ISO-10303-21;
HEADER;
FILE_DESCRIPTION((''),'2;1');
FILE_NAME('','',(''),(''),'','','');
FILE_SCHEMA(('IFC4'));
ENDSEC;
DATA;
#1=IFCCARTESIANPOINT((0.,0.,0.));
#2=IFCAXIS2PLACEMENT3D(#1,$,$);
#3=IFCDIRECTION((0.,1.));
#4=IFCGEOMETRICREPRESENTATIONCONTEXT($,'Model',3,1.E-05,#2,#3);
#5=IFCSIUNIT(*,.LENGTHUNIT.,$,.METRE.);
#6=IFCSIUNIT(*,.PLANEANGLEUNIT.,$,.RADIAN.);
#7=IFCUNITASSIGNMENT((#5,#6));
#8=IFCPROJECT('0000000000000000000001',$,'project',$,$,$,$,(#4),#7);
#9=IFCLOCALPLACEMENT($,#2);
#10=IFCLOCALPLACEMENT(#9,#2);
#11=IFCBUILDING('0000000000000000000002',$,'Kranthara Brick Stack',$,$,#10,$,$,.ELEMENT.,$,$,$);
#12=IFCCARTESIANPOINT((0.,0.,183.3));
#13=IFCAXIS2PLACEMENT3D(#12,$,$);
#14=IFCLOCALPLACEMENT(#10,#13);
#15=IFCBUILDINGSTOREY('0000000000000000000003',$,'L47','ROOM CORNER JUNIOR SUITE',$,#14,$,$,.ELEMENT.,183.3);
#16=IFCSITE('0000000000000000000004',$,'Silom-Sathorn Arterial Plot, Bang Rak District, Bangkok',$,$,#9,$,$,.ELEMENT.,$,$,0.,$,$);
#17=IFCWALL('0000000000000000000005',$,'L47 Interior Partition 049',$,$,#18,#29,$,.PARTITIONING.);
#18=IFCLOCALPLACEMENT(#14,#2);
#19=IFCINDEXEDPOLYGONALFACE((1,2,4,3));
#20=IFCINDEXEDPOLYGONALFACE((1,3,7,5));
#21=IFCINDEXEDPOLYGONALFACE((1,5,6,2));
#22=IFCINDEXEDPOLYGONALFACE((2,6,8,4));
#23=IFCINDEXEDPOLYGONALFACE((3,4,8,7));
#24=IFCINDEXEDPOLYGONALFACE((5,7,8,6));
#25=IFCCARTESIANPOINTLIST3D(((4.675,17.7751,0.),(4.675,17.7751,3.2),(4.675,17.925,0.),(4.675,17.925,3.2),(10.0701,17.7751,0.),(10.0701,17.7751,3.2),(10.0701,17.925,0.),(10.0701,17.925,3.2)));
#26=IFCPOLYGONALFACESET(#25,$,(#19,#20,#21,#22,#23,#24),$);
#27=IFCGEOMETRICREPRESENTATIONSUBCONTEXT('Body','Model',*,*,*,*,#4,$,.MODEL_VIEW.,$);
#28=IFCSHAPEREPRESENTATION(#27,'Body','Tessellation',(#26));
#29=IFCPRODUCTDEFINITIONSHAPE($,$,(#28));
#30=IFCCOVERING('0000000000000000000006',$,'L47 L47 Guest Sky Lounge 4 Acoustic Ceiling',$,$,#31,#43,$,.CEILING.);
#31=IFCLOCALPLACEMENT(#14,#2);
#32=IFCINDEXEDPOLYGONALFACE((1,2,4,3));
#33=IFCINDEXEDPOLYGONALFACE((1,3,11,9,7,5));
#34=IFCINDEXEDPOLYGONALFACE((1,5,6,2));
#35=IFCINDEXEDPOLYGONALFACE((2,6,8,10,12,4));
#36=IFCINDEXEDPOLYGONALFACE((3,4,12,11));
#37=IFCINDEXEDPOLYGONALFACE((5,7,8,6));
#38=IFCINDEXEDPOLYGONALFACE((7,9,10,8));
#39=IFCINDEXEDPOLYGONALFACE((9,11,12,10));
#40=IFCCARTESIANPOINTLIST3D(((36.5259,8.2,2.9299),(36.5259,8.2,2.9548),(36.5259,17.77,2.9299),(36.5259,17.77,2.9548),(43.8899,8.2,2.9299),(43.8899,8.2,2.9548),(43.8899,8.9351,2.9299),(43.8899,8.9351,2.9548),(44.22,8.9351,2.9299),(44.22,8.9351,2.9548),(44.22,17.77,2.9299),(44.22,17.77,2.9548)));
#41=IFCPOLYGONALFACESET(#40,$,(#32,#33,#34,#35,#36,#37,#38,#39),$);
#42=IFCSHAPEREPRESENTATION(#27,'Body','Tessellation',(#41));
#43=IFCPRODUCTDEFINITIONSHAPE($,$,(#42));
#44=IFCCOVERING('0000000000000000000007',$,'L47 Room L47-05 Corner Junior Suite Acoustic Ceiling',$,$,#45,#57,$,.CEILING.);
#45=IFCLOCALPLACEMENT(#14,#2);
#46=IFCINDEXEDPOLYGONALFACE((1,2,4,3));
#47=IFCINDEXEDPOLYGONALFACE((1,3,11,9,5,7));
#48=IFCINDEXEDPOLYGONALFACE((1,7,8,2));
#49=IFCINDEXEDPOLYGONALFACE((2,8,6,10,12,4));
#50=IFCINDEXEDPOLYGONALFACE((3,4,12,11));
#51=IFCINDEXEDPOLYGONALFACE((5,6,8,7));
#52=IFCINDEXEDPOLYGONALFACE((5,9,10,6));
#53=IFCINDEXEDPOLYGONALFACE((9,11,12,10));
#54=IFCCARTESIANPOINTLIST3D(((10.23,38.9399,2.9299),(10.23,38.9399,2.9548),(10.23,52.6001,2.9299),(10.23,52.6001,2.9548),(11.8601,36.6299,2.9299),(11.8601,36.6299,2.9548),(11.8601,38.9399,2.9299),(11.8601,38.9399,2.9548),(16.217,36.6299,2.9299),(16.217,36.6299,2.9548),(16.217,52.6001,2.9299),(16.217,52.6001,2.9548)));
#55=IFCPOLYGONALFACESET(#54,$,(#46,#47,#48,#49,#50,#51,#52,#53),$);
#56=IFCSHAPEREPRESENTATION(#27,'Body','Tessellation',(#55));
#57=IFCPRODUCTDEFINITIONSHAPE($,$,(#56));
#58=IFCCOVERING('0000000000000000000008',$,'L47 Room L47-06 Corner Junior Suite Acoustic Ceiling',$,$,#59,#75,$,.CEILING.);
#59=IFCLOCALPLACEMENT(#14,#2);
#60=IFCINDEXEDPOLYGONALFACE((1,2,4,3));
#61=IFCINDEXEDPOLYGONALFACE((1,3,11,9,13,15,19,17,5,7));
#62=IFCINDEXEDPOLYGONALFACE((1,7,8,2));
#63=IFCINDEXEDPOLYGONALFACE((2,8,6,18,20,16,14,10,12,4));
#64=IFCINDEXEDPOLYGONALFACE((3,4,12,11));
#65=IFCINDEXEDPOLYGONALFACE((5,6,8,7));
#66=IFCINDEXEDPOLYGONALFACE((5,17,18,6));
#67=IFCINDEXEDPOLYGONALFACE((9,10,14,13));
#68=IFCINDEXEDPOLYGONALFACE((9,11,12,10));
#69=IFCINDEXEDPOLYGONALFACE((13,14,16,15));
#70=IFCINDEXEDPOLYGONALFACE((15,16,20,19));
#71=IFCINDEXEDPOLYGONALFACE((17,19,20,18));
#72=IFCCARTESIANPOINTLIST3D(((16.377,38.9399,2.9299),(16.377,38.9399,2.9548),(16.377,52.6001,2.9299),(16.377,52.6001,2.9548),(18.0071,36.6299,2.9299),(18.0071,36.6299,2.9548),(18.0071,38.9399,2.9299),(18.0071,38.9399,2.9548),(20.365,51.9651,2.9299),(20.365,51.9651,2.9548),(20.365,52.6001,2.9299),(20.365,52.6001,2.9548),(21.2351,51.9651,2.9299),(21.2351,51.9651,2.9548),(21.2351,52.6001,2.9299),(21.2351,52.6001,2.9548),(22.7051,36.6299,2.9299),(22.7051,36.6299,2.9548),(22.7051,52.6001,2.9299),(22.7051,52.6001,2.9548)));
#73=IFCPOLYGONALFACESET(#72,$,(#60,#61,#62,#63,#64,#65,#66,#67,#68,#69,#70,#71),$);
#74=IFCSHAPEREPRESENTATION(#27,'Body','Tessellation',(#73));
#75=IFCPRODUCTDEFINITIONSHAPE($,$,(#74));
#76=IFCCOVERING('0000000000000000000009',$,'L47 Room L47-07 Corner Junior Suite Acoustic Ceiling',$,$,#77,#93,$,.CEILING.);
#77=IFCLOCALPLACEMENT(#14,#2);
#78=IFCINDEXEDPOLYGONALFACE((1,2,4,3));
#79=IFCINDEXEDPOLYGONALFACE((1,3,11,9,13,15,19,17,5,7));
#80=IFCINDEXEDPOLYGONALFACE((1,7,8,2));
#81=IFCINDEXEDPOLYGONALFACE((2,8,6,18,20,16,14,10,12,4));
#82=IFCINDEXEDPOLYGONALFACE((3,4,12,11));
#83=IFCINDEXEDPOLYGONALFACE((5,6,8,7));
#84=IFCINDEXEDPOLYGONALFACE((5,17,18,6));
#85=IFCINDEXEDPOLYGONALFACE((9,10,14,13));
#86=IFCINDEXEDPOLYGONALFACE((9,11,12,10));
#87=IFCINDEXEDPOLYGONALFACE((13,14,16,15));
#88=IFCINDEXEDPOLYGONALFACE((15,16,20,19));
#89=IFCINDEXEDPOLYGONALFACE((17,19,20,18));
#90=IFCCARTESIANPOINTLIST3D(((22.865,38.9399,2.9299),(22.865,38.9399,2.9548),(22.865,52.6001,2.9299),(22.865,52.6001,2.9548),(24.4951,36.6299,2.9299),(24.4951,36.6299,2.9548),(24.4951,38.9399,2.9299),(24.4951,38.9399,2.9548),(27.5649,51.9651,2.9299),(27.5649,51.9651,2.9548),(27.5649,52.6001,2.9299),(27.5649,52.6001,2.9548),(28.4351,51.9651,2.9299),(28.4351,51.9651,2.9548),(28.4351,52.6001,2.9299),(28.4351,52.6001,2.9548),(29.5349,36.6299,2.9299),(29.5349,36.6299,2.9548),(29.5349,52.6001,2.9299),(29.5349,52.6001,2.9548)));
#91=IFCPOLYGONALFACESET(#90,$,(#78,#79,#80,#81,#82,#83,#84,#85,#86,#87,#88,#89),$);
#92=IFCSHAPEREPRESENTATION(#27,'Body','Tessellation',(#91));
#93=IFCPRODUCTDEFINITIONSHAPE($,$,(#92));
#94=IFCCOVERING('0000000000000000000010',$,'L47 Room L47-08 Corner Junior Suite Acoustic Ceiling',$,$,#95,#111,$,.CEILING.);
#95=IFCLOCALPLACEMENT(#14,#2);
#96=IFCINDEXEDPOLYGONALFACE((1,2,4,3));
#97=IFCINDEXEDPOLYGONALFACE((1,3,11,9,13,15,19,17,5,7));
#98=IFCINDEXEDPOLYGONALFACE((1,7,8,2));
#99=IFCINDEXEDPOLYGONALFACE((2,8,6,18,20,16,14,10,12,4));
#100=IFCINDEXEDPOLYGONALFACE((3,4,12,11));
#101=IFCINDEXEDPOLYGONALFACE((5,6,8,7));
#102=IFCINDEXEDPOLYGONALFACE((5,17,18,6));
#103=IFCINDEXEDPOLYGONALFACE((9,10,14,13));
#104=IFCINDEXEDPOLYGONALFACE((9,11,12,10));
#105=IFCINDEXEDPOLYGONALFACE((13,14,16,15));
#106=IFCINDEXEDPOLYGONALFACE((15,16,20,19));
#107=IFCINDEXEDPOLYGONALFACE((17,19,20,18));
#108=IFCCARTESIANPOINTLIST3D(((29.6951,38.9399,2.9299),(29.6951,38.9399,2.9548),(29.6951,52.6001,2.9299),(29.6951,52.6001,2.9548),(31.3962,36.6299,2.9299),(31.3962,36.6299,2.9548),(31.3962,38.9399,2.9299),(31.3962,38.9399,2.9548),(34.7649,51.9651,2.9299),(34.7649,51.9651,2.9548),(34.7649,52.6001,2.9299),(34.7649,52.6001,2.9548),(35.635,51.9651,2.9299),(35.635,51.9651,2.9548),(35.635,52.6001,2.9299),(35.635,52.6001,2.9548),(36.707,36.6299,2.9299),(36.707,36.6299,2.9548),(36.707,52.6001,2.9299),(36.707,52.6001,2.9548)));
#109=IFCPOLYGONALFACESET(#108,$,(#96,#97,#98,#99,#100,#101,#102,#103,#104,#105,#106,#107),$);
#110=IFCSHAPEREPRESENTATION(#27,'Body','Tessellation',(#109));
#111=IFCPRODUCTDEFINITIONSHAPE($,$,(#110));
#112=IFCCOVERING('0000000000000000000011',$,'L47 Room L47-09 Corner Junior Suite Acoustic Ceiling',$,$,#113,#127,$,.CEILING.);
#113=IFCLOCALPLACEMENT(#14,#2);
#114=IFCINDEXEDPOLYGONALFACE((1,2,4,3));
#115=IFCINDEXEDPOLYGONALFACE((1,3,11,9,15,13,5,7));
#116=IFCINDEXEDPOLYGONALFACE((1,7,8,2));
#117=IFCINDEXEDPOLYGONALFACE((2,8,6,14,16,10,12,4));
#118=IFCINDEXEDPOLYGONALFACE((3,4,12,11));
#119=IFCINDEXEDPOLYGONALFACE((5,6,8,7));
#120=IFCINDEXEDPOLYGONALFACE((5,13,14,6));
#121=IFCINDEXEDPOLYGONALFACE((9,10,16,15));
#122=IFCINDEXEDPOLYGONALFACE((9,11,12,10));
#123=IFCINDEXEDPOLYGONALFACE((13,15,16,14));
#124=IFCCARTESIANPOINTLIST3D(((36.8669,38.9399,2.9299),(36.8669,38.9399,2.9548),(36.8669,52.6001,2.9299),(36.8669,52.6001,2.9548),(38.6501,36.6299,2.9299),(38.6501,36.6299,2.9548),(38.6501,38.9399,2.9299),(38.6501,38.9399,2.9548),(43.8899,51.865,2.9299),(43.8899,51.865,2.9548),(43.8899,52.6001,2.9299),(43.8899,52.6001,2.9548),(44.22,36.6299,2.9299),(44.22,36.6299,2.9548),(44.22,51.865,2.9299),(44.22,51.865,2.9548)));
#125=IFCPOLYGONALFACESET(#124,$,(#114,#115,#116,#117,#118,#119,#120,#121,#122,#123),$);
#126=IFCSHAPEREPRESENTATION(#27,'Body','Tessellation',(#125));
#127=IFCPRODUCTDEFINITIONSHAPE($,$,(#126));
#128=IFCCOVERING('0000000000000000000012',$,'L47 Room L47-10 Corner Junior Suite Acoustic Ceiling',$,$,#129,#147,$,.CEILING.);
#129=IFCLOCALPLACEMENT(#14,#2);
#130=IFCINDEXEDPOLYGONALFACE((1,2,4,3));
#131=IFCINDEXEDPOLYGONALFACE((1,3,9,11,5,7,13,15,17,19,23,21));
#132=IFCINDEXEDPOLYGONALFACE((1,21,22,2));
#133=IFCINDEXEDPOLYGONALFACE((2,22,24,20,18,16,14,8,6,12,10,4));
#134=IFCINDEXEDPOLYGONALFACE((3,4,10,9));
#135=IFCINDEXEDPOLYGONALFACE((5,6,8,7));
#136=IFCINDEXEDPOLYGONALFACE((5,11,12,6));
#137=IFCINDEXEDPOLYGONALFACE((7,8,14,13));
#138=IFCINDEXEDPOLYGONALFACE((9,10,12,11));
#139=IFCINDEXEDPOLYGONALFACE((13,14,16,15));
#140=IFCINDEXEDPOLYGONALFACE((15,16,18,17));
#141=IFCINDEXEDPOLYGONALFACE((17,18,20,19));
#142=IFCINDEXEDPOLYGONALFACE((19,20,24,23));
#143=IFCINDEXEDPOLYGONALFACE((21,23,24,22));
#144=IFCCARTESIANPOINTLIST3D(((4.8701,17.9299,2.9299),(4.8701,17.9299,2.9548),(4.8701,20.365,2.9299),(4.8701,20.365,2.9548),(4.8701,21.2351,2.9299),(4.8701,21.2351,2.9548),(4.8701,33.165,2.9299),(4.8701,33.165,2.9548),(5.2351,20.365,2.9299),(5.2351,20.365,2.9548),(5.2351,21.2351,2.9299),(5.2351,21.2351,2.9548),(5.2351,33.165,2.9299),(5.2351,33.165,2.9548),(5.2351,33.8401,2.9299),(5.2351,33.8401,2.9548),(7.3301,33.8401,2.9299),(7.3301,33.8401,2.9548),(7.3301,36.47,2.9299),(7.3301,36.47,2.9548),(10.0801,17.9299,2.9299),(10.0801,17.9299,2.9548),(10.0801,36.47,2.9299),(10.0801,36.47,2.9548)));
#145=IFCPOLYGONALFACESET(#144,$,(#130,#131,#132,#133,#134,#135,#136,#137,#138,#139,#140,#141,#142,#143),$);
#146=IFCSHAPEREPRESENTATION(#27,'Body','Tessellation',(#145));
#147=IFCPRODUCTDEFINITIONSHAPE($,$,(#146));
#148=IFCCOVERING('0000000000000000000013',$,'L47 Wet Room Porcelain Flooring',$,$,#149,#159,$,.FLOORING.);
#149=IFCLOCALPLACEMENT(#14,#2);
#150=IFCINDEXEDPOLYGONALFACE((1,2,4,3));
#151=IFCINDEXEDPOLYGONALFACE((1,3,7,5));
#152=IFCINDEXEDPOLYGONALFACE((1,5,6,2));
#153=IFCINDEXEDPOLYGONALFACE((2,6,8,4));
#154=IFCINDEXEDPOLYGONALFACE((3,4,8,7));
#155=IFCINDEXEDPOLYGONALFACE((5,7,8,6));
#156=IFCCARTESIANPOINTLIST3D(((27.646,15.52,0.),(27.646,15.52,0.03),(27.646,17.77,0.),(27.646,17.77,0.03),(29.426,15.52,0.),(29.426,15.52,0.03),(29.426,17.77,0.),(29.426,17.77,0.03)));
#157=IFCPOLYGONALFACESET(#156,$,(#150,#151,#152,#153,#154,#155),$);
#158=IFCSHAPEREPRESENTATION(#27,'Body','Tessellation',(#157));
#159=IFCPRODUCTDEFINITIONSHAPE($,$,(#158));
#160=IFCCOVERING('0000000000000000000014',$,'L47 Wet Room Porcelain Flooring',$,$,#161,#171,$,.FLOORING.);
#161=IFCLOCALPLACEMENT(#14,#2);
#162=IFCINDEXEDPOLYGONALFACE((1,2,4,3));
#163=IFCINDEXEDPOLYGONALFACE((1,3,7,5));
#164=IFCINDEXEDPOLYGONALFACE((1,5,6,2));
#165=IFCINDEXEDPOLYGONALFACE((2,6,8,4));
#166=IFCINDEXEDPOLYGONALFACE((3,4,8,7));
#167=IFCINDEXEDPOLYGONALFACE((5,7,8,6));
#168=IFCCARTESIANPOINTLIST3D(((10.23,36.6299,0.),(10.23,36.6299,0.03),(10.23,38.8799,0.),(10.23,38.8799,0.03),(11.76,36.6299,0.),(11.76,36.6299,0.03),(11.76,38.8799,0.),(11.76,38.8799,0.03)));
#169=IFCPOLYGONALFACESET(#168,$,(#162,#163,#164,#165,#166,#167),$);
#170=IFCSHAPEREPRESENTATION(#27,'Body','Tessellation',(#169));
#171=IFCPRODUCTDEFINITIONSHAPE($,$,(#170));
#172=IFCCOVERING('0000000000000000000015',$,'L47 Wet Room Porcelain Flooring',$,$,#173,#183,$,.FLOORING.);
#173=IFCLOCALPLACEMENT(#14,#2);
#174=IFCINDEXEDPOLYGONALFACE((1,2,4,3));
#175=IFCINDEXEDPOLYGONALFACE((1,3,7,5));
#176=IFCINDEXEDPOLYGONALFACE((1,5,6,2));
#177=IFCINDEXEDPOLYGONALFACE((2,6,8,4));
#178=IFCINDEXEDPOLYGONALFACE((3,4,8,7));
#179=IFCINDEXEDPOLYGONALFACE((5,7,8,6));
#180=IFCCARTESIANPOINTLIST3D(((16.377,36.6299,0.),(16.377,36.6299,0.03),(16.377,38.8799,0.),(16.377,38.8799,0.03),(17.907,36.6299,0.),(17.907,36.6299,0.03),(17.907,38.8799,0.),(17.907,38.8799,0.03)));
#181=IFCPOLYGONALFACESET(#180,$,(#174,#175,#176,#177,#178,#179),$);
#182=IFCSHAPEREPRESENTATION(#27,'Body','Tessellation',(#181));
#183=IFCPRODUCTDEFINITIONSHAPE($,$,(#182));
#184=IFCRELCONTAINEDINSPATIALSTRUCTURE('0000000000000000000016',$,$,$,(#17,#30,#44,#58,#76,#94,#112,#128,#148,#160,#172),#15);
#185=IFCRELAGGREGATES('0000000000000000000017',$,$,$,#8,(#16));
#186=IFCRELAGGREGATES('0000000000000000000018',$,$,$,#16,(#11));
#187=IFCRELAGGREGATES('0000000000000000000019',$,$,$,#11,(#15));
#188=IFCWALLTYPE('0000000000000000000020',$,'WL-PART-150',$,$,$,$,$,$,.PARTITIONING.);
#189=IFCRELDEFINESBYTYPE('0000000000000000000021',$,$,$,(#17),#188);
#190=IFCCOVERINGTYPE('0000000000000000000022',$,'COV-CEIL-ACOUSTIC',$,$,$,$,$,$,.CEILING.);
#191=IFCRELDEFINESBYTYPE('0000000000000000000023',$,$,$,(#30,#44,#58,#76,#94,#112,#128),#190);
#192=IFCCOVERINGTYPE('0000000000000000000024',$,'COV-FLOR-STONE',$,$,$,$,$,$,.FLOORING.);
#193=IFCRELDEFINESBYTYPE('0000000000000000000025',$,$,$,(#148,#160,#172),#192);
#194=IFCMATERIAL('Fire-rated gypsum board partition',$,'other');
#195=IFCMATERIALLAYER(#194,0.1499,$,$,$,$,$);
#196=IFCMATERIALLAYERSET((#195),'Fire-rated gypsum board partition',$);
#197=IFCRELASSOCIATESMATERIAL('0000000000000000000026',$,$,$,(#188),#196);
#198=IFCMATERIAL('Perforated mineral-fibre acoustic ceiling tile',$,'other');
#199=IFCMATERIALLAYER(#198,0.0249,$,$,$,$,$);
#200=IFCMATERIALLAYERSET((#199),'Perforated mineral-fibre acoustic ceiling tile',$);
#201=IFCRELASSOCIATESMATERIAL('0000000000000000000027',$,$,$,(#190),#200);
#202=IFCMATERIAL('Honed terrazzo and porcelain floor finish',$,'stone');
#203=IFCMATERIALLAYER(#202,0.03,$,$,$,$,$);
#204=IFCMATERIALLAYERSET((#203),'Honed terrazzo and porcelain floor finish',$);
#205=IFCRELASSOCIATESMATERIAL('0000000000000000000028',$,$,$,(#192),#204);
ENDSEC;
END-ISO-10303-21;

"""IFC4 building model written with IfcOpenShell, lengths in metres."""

from ifc_helpers import new_model, si_unit, direction, frame, frame_2d, origin, place, context, subcontext, project, spatial, polyline, rectangle, outline, extrude, material, layer, layer_set, type_object, element, save


model = new_model("IFC4")

# Units and contexts
model_context = context("Model", 3, precision=1e-05, world=origin(), true_north=direction((0.0, 1.0)))
body_context = subcontext(model_context, "Body", "Model", "MODEL_VIEW")
ifc_project = project(units=[si_unit("LENGTHUNIT", "METRE"), si_unit("PLANEANGLEUNIT", "RADIAN")], contexts=[model_context])

# Site, building, storey
site_placement = place(None, origin())
site = spatial("IfcSite", under=ifc_project, at=site_placement, Name="Silom-Sathorn Arterial Plot, Bang Rak District, Bangkok", CompositionType="ELEMENT", RefElevation=0.0)
building_placement = place(site_placement, origin())
building = spatial("IfcBuilding", under=site, at=building_placement, Name="Kranthara Brick Stack", CompositionType="ELEMENT")
storey_placement = place(building_placement, frame((0.0, 0.0, 183.3)))
storey = spatial("IfcBuildingStorey", under=building, at=storey_placement, Name="L47", Description="ROOM CORNER JUNIOR SUITE", CompositionType="ELEMENT", Elevation=183.3)

# Wall
ifc_material_1 = material(Name="Fire-rated gypsum board partition", Category="other")
ifc_layer_1 = layer(ifc_material_1, 0.1499)
ifc_layer_set_1 = layer_set([ifc_layer_1], Name="Fire-rated gypsum board partition")
wall_type_1 = type_object("IfcWallType", Name="WL-PART-150", PredefinedType="PARTITIONING", material=ifc_layer_set_1)
wall_1_placement = place(storey_placement, frame((4.675, 17.8501, 0.0), z_axis=(0.0, 0.0, 1.0), x_axis=(1.0, 0.0, 0.0)))
element("IfcWall", 1, at=wall_1_placement, inside=storey, type_object=wall_type_1, Name="L47 Interior Partition 049", PredefinedType="PARTITIONING", context=body_context, shape_type="SweptSolid", body=[
    extrude(rectangle(XDim=5.395, YDim=0.1499, at=frame_2d((2.6975, 0.0))), origin(), (0.0, 0.0, 1.0), 3.2),
])

# Coverings
ifc_material_2 = material(Name="Perforated mineral-fibre acoustic ceiling tile", Category="other")
ifc_layer_2 = layer(ifc_material_2, 0.0249)
ifc_layer_set_2 = layer_set([ifc_layer_2], Name="Perforated mineral-fibre acoustic ceiling tile")
covering_type_1 = type_object("IfcCoveringType", Name="COV-CEIL-ACOUSTIC", PredefinedType="CEILING", material=ifc_layer_set_2)
covering_1_placement = place(storey_placement, frame((0.0, 0.0, 2.9299)))
element("IfcCovering", 2, at=covering_1_placement, inside=storey, type_object=covering_type_1, Name="L47 L47 Guest Sky Lounge 4 Acoustic Ceiling", PredefinedType="CEILING", context=body_context, shape_type="SweptSolid", body=[
    extrude(outline(polyline([(36.5259, 8.2), (36.5259, 17.77), (44.22, 17.77), (44.22, 8.9351), (43.8899, 8.9351), (43.8899, 8.2), (36.5259, 8.2)])), origin(), (0.0, 0.0, 1.0), 0.0249),
])
covering_2_placement = place(storey_placement, frame((0.0, 0.0, 2.9299)))
element("IfcCovering", 3, at=covering_2_placement, inside=storey, type_object=covering_type_1, Name="L47 Room L47-05 Corner Junior Suite Acoustic Ceiling", PredefinedType="CEILING", context=body_context, shape_type="SweptSolid", body=[
    extrude(outline(polyline([(11.8601, 36.6299), (16.217, 36.6299), (16.217, 52.6001), (10.23, 52.6001), (10.23, 38.9399), (11.8601, 38.9399), (11.8601, 36.6299)])), origin(), (0.0, 0.0, 1.0), 0.0249),
])
covering_3_placement = place(storey_placement, frame((0.0, 0.0, 2.9299)))
element("IfcCovering", 4, at=covering_3_placement, inside=storey, type_object=covering_type_1, Name="L47 Room L47-06 Corner Junior Suite Acoustic Ceiling", PredefinedType="CEILING", context=body_context, shape_type="SweptSolid", body=[
    extrude(outline(polyline([(22.7051, 52.6001), (22.7051, 36.6299), (18.0071, 36.6299), (18.0071, 38.9399), (16.377, 38.9399), (16.377, 52.6001), (20.365, 52.6001), (20.365, 51.9651), (21.2351, 51.9651), (21.2351, 52.6001), (22.7051, 52.6001)])), origin(), (0.0, 0.0, 1.0), 0.0249),
])
covering_4_placement = place(storey_placement, frame((0.0, 0.0, 2.9299)))
element("IfcCovering", 5, at=covering_4_placement, inside=storey, type_object=covering_type_1, Name="L47 Room L47-07 Corner Junior Suite Acoustic Ceiling", PredefinedType="CEILING", context=body_context, shape_type="SweptSolid", body=[
    extrude(outline(polyline([(29.5349, 52.6001), (29.5349, 36.6299), (24.4951, 36.6299), (24.4951, 38.9399), (22.865, 38.9399), (22.865, 52.6001), (27.5649, 52.6001), (27.5649, 51.9651), (28.4351, 51.9651), (28.4351, 52.6001), (29.5349, 52.6001)])), origin(), (0.0, 0.0, 1.0), 0.0249),
])
covering_5_placement = place(storey_placement, frame((0.0, 0.0, 2.9299)))
element("IfcCovering", 6, at=covering_5_placement, inside=storey, type_object=covering_type_1, Name="L47 Room L47-08 Corner Junior Suite Acoustic Ceiling", PredefinedType="CEILING", context=body_context, shape_type="SweptSolid", body=[
    extrude(outline(polyline([(36.707, 52.6001), (36.707, 36.6299), (31.3962, 36.6299), (31.3962, 38.9399), (29.6951, 38.9399), (29.6951, 52.6001), (34.7649, 52.6001), (34.7649, 51.9651), (35.635, 51.9651), (35.635, 52.6001), (36.707, 52.6001)])), origin(), (0.0, 0.0, 1.0), 0.0249),
])
covering_6_placement = place(storey_placement, frame((0.0, 0.0, 2.9299)))
element("IfcCovering", 7, at=covering_6_placement, inside=storey, type_object=covering_type_1, Name="L47 Room L47-09 Corner Junior Suite Acoustic Ceiling", PredefinedType="CEILING", context=body_context, shape_type="SweptSolid", body=[
    extrude(outline(polyline([(44.22, 36.6299), (38.6501, 36.6299), (38.6501, 38.9399), (36.8669, 38.9399), (36.8669, 52.6001), (43.8899, 52.6001), (43.8899, 51.865), (44.22, 51.865), (44.22, 36.6299)])), origin(), (0.0, 0.0, 1.0), 0.0249),
])
covering_7_placement = place(storey_placement, frame((0.0, 0.0, 2.9299)))
element("IfcCovering", 8, at=covering_7_placement, inside=storey, type_object=covering_type_1, Name="L47 Room L47-10 Corner Junior Suite Acoustic Ceiling", PredefinedType="CEILING", context=body_context, shape_type="SweptSolid", body=[
    extrude(outline(polyline([(7.3301, 33.8401), (7.3301, 36.47), (10.0801, 36.47), (10.0801, 17.9299), (4.8701, 17.9299), (4.8701, 20.365), (5.2351, 20.365), (5.2351, 21.2351), (4.8701, 21.2351), (4.8701, 33.165), (5.2351, 33.165), (5.2351, 33.8401), (7.3301, 33.8401)])), origin(), (0.0, 0.0, 1.0), 0.0249),
])
ifc_material_3 = material(Name="Honed terrazzo and porcelain floor finish", Category="stone")
ifc_layer_3 = layer(ifc_material_3, 0.03)
ifc_layer_set_3 = layer_set([ifc_layer_3], Name="Honed terrazzo and porcelain floor finish")
covering_type_2 = type_object("IfcCoveringType", Name="COV-FLOR-STONE", PredefinedType="FLOORING", material=ifc_layer_set_3)
covering_8_placement = place(storey_placement, origin())
element("IfcCovering", 9, at=covering_8_placement, inside=storey, type_object=covering_type_2, Name="L47 Wet Room Porcelain Flooring", PredefinedType="FLOORING", context=body_context, shape_type="SweptSolid", body=[
    extrude(outline(polyline([(27.646, 15.52), (27.646, 17.77), (29.426, 17.77), (29.426, 15.52), (27.646, 15.52)])), origin(), (0.0, 0.0, 1.0), 0.03),
])
covering_9_placement = place(storey_placement, origin())
element("IfcCovering", 10, at=covering_9_placement, inside=storey, type_object=covering_type_2, Name="L47 Wet Room Porcelain Flooring", PredefinedType="FLOORING", context=body_context, shape_type="SweptSolid", body=[
    extrude(outline(polyline([(10.23, 36.6299), (10.23, 38.8799), (11.76, 38.8799), (11.76, 36.6299), (10.23, 36.6299)])), origin(), (0.0, 0.0, 1.0), 0.03),
])
covering_10_placement = place(storey_placement, origin())
element("IfcCovering", 11, at=covering_10_placement, inside=storey, type_object=covering_type_2, Name="L47 Wet Room Porcelain Flooring", PredefinedType="FLOORING", context=body_context, shape_type="SweptSolid", body=[
    extrude(outline(polyline([(16.377, 36.6299), (16.377, 38.8799), (17.907, 38.8799), (17.907, 36.6299), (16.377, 36.6299)])), origin(), (0.0, 0.0, 1.0), 0.03),
])

save(model, "model.ifc")
